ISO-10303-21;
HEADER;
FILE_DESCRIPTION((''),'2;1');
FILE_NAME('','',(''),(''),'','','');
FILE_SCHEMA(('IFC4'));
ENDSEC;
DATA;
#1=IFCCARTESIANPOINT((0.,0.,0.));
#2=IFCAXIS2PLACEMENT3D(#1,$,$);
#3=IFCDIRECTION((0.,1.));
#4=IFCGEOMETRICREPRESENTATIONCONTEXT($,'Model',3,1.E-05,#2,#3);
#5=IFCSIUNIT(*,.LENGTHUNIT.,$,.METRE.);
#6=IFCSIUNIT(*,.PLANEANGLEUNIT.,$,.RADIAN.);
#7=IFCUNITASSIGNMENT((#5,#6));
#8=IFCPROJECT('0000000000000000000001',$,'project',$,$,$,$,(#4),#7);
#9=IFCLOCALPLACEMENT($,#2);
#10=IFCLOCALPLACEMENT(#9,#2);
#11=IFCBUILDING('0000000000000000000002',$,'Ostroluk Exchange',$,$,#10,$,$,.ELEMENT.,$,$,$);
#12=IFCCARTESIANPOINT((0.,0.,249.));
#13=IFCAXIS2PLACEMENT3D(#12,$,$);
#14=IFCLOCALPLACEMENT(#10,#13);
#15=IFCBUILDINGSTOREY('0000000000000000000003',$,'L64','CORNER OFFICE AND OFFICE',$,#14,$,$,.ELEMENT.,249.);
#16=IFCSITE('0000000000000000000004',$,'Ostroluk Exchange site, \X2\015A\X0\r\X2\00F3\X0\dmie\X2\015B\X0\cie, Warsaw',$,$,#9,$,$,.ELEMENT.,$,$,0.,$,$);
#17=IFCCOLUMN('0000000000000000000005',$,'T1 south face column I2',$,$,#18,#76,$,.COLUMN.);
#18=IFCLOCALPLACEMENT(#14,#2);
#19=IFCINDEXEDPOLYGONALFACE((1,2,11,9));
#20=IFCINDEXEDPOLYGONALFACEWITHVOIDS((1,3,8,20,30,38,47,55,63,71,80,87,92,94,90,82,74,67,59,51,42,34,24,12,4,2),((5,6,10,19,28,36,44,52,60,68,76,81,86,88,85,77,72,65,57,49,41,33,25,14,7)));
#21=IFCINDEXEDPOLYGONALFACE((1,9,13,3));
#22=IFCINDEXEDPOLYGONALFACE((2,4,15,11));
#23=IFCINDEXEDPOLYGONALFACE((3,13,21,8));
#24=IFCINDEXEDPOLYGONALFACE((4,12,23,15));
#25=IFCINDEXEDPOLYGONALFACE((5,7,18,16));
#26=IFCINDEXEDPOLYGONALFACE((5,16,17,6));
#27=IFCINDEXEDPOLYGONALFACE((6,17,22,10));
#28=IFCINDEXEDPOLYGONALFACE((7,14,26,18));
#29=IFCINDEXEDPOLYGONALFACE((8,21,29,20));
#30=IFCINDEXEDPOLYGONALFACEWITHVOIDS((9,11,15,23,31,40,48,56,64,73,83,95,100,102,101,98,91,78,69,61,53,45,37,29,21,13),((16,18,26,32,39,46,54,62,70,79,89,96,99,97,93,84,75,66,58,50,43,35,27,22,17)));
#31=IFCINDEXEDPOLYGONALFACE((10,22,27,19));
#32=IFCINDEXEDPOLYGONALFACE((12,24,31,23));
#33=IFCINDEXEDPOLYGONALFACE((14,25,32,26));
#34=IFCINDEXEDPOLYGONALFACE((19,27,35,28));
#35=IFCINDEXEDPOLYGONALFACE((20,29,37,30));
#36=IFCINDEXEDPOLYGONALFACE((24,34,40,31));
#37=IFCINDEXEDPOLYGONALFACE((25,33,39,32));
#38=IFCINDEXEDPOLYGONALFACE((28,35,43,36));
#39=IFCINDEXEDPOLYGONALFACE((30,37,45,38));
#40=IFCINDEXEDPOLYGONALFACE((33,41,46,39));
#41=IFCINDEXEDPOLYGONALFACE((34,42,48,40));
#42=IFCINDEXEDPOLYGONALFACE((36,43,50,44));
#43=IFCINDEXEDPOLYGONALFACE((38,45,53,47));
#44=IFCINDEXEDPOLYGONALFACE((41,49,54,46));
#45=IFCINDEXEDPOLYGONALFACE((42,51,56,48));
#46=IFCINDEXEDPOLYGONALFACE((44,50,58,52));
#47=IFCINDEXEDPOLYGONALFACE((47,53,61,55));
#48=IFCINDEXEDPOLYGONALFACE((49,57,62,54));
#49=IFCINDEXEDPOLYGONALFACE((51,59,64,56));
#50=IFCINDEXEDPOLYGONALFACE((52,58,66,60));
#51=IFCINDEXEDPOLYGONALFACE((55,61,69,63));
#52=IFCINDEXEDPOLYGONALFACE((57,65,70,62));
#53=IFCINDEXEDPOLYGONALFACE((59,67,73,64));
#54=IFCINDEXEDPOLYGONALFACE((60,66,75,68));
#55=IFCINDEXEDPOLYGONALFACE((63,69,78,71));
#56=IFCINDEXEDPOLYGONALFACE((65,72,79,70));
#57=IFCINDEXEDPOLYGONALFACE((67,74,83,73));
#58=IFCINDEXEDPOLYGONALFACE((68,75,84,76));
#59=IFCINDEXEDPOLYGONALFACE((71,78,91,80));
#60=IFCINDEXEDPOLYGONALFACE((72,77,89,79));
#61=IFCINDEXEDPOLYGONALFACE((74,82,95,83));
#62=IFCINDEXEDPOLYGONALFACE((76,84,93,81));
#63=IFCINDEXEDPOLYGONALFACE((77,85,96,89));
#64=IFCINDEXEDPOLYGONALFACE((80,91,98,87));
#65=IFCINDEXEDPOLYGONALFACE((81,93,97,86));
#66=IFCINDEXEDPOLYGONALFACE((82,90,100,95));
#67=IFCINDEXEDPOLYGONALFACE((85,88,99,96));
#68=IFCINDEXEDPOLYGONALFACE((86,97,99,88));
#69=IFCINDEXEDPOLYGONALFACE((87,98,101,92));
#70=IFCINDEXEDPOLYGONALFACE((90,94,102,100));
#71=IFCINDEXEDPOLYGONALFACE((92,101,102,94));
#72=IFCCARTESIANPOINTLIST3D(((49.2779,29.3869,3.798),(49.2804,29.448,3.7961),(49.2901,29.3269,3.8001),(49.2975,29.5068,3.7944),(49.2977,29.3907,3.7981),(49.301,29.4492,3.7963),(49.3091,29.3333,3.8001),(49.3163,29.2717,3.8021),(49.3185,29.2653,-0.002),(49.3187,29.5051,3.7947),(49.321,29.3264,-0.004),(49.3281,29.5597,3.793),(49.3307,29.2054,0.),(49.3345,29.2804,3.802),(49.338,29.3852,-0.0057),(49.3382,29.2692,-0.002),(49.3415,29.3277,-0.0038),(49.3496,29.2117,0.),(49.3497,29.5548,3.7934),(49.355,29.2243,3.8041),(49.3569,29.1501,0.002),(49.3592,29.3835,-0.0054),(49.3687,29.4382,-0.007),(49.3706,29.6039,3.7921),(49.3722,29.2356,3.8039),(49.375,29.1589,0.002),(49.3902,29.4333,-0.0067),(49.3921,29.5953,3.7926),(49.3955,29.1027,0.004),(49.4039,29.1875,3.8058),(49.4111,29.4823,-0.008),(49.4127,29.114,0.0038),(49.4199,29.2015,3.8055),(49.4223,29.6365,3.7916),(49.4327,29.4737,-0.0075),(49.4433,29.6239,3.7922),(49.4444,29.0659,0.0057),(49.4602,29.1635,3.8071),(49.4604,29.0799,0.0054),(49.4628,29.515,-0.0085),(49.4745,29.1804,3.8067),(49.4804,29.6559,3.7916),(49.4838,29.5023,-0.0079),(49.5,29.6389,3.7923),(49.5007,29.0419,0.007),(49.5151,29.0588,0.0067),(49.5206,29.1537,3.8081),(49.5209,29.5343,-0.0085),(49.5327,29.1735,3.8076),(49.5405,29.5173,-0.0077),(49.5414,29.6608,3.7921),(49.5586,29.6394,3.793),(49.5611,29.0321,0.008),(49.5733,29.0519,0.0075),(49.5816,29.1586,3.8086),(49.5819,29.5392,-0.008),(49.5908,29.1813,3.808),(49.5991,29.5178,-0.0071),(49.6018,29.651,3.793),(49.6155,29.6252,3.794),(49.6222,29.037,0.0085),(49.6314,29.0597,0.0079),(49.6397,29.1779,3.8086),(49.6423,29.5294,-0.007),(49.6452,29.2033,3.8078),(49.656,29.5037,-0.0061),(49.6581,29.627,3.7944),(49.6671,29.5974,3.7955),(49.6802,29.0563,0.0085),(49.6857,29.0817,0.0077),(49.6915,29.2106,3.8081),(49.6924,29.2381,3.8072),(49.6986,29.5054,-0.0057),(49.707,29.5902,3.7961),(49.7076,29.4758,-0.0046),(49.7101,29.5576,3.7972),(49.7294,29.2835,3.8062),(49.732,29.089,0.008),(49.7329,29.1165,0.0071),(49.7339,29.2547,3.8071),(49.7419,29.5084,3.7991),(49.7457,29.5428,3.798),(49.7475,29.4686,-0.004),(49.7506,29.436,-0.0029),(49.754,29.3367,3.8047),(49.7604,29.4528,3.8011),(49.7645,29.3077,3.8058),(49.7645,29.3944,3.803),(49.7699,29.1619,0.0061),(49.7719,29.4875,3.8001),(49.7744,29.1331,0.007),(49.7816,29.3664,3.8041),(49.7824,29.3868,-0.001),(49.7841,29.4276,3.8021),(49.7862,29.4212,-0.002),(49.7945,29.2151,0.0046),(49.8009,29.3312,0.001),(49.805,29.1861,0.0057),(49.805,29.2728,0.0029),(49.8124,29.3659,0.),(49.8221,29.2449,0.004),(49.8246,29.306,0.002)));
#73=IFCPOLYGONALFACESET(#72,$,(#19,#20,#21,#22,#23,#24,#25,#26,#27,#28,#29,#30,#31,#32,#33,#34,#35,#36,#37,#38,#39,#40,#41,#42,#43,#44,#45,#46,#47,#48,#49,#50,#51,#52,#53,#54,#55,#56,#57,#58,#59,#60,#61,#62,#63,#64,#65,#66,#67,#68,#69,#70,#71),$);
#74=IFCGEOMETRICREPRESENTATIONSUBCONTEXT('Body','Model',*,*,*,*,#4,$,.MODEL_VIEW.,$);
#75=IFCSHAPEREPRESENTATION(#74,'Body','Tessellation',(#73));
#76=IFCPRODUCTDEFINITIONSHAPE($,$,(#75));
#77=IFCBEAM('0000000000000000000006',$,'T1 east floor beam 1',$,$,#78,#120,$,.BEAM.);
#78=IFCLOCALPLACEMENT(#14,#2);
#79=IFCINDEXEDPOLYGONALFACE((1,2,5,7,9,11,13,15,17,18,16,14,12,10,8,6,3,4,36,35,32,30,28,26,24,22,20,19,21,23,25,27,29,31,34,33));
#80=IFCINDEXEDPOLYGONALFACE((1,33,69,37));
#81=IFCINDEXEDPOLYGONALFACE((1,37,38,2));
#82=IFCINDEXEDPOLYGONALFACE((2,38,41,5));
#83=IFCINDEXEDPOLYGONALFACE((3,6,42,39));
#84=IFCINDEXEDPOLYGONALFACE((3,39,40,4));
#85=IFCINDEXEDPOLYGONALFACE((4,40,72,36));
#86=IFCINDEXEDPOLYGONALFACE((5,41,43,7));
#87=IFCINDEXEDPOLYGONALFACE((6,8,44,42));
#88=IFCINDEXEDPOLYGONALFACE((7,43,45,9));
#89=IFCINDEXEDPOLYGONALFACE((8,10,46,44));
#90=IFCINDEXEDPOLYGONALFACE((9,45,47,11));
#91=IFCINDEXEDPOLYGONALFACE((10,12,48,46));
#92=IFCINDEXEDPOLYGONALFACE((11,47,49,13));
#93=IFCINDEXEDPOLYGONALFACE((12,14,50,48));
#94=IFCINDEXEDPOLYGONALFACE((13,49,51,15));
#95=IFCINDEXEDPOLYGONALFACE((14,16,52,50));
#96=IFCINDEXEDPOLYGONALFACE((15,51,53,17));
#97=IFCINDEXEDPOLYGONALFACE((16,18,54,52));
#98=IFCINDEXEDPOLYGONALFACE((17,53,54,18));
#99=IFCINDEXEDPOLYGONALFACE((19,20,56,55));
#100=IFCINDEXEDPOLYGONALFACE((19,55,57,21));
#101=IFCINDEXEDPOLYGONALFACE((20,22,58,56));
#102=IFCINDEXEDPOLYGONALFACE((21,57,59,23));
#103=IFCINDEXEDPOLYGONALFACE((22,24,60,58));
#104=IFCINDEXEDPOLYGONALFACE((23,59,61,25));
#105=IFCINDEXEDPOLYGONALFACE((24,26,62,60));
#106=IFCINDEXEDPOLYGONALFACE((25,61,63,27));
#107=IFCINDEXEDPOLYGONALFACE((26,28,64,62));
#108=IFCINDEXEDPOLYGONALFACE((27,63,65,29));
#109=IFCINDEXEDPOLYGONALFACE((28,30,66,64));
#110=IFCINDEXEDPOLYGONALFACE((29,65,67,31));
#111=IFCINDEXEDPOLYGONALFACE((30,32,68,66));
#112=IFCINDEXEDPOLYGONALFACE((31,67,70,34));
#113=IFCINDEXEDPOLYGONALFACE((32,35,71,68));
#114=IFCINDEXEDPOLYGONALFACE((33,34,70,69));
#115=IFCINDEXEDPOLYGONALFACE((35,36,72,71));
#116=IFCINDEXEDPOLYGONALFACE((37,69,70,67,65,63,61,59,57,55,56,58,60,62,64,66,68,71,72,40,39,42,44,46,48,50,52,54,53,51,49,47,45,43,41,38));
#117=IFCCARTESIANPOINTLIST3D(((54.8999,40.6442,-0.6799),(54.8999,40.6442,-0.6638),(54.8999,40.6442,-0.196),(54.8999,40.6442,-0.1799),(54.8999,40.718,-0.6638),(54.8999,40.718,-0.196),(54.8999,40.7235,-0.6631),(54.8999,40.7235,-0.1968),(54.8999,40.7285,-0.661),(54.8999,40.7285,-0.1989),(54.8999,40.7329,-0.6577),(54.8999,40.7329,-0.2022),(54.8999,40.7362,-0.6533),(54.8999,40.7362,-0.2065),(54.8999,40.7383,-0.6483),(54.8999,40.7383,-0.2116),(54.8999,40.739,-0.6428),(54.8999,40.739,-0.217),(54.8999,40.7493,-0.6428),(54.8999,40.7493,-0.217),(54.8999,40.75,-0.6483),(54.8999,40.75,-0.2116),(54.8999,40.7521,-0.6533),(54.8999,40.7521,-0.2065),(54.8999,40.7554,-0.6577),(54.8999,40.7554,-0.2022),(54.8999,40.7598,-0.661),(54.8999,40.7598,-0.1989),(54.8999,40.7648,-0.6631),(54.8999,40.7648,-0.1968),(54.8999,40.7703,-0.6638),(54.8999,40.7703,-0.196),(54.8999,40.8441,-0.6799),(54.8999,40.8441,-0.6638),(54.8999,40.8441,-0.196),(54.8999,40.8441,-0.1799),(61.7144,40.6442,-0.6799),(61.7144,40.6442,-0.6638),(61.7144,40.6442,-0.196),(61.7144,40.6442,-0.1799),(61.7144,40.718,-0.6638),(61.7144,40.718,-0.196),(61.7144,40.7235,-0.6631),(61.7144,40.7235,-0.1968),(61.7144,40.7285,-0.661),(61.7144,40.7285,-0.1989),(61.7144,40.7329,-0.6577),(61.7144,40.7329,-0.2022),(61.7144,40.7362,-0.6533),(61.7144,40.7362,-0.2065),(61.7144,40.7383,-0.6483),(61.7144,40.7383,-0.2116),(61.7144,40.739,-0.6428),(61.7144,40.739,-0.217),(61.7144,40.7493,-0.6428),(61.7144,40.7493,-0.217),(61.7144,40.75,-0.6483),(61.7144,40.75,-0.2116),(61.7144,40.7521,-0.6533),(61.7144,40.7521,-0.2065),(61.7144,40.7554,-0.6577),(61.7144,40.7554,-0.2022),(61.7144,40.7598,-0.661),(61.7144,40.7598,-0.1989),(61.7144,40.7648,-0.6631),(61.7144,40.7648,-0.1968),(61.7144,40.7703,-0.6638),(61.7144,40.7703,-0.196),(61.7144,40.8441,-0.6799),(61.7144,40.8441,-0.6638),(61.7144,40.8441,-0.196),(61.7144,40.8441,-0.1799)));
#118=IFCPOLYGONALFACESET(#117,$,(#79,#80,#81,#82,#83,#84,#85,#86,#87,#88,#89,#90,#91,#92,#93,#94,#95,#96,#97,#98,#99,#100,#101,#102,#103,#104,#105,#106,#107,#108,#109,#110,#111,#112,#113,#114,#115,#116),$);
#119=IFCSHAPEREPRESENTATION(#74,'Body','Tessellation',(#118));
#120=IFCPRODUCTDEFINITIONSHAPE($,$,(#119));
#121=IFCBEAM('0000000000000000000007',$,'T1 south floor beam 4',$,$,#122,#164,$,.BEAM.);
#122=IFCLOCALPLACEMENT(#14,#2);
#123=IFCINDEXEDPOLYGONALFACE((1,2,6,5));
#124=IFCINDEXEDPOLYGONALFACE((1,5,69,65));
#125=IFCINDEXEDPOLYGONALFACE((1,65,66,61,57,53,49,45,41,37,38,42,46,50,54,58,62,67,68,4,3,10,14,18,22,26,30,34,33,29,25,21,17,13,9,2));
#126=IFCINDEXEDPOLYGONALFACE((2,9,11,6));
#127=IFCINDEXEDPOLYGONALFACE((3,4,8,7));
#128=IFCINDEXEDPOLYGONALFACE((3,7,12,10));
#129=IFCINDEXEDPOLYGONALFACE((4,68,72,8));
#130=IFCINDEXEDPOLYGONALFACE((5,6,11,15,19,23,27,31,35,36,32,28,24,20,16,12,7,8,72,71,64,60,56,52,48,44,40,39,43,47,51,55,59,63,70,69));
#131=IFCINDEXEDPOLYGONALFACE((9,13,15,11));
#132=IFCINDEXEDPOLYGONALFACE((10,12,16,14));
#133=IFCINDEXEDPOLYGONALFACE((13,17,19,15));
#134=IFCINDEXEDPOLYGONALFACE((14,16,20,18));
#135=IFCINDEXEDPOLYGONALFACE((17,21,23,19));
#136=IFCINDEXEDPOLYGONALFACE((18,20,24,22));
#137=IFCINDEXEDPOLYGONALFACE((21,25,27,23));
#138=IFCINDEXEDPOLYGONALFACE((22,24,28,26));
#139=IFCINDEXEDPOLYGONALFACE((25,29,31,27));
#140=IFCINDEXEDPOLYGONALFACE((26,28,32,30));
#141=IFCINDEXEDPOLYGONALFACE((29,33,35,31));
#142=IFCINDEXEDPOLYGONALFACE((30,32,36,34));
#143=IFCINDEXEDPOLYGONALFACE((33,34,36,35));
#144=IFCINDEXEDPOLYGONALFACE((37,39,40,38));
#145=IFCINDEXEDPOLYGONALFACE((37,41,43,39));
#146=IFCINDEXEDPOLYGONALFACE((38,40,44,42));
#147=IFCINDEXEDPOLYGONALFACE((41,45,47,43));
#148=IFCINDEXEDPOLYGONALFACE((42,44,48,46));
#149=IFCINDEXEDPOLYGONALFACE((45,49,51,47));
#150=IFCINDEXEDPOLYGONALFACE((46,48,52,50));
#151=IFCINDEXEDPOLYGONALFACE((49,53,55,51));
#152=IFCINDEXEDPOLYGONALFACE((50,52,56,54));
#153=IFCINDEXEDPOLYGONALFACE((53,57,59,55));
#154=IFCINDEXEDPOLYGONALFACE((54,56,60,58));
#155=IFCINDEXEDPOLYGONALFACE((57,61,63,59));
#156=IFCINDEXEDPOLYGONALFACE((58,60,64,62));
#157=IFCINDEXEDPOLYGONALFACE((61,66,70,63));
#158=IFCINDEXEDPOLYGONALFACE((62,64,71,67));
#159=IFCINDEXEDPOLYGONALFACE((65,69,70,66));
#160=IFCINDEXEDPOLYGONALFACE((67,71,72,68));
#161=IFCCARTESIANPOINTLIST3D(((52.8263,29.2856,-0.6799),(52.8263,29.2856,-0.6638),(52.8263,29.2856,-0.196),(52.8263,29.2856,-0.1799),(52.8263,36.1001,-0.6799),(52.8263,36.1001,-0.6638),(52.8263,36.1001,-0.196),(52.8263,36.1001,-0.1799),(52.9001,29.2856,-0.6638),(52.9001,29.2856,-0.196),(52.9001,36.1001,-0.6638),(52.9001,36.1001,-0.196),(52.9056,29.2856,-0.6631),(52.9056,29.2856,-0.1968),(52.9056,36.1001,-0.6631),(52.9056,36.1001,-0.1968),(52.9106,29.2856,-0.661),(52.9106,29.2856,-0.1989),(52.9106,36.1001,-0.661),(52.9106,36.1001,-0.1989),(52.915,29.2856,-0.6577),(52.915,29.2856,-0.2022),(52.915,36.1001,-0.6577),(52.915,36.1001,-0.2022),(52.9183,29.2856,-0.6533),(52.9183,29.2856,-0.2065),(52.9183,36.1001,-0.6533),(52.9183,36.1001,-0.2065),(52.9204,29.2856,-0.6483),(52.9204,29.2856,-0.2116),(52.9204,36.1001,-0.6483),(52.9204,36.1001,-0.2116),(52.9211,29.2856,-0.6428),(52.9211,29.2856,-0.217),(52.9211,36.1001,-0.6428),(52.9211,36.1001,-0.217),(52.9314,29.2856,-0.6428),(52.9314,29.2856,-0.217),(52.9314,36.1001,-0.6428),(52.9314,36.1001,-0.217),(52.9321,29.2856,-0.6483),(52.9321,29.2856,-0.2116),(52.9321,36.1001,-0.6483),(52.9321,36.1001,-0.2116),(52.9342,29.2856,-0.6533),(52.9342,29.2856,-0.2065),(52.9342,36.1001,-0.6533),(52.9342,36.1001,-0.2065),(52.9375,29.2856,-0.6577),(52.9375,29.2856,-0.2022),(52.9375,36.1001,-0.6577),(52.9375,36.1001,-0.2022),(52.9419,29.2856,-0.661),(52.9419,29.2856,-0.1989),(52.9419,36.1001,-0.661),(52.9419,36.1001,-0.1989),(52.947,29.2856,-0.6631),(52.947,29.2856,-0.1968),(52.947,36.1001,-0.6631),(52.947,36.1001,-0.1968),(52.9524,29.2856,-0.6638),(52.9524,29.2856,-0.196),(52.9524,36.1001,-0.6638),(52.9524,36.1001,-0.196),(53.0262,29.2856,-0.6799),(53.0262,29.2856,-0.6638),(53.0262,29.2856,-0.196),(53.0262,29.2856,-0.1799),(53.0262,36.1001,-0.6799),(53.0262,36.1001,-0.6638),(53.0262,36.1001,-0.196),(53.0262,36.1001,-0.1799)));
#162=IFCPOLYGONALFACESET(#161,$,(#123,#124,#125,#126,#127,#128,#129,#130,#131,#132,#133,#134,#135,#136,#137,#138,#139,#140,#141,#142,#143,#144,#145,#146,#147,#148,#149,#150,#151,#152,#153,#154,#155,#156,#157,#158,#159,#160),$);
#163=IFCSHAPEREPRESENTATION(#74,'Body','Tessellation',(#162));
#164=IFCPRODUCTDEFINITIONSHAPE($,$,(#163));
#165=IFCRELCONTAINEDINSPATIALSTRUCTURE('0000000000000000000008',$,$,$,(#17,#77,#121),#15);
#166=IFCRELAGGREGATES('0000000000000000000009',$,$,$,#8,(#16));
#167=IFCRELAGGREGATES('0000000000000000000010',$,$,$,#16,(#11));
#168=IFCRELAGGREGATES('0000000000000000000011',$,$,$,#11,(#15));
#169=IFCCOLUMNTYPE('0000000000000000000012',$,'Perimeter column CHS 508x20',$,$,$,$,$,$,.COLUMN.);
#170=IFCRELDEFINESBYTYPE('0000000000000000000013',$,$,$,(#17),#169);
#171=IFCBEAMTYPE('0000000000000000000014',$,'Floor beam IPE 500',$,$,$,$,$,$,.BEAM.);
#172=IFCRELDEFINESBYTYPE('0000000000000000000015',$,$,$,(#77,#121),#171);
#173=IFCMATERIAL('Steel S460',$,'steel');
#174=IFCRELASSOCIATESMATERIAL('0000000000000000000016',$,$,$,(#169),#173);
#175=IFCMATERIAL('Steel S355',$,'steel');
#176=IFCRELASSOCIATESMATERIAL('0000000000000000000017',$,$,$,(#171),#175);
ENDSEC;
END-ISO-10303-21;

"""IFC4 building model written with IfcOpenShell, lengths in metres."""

from ifc_helpers import new_model, si_unit, direction, frame, origin, origin_2d, place, context, subcontext, project, spatial, hollow_circle, i_section, extrude, material, material_profile, profile_set, type_object, element, save


model = new_model("IFC4")

# Units and contexts
model_context = context("Model", 3, precision=1e-05, world=origin(), true_north=direction((0.0, 1.0)))
body_context = subcontext(model_context, "Body", "Model", "MODEL_VIEW")
ifc_project = project(units=[si_unit("LENGTHUNIT", "METRE"), si_unit("PLANEANGLEUNIT", "RADIAN")], contexts=[model_context])

# Site, building, storey
site_placement = place(None, origin())
site = spatial("IfcSite", under=ifc_project, at=site_placement, Name="Ostroluk Exchange site, Śródmieście, Warsaw", CompositionType="ELEMENT", RefElevation=0.0)
building_placement = place(site_placement, origin())
building = spatial("IfcBuilding", under=site, at=building_placement, Name="Ostroluk Exchange", CompositionType="ELEMENT")
storey_placement = place(building_placement, frame((0.0, 0.0, 249.0)))
storey = spatial("IfcBuildingStorey", under=building, at=storey_placement, Name="L64", Description="CORNER OFFICE AND OFFICE", CompositionType="ELEMENT", Elevation=249.0)

# Column
ifc_material_1 = material(Name="Steel S460", Category="steel")
ifc_material_profile_1 = material_profile(ifc_material_1, hollow_circle(Radius=0.2539, WallThickness=0.02, at=origin_2d()), Name="CHS 508x20")
ifc_profile_set_1 = profile_set([ifc_material_profile_1], Name="Steel S460")
column_type = type_object("IfcColumnType", Name="Perimeter column CHS 508x20", PredefinedType="COLUMN", material=ifc_profile_set_1)
column_placement = place(storey_placement, frame((49.5715, 29.2856, 0.0), z_axis=(-0.010659, 0.031977, 0.999432), x_axis=(-0.948683, -0.316228, 0.0)))
element("IfcColumn", 1, at=column_placement, inside=storey, type_object=column_type, Name="T1 south face column I2", PredefinedType="COLUMN", context=body_context, shape_type="SweptSolid", body=[
    extrude(hollow_circle(Radius=0.2539, WallThickness=0.02, at=origin_2d()), origin(), (0.0, 0.0, 1.0), 3.8022),
])

# Beams
ifc_material_2 = material(Name="Steel S355", Category="steel")
ifc_material_profile_2 = material_profile(ifc_material_2, i_section(OverallWidth=0.2, OverallDepth=0.5, WebThickness=0.0103, FlangeThickness=0.0161, FilletRadius=0.021, at=origin_2d()), Name="IPE 500")
ifc_profile_set_2 = profile_set([ifc_material_profile_2], Name="Steel S355")
beam_type_1 = type_object("IfcBeamType", Name="Floor beam IPE 500", PredefinedType="BEAM", material=ifc_profile_set_2)
for number, where, z_axis, x_axis, name in (
    (2, (54.8999, 40.7441, -0.4299), (1.0, 0.0, 0.0), (0.0, 1.0, 0.0), "T1 east floor beam 1"),
    (3, (52.9263, 36.1001, -0.4299), (0.0, -1.0, 0.0), (1.0, 0.0, 0.0), "T1 south floor beam 4"),
):
    element("IfcBeam", number, at=place(storey_placement, frame(where, z_axis=z_axis, x_axis=x_axis)), inside=storey, type_object=beam_type_1, Name=name, PredefinedType="BEAM", context=body_context, shape_type="SweptSolid", body=[
        extrude(i_section(OverallWidth=0.2, OverallDepth=0.5, WebThickness=0.0103, FlangeThickness=0.0161, FilletRadius=0.021, at=origin_2d()), origin(), (0.0, 0.0, 1.0), 6.8145),
    ])

save(model, "model.ifc")
